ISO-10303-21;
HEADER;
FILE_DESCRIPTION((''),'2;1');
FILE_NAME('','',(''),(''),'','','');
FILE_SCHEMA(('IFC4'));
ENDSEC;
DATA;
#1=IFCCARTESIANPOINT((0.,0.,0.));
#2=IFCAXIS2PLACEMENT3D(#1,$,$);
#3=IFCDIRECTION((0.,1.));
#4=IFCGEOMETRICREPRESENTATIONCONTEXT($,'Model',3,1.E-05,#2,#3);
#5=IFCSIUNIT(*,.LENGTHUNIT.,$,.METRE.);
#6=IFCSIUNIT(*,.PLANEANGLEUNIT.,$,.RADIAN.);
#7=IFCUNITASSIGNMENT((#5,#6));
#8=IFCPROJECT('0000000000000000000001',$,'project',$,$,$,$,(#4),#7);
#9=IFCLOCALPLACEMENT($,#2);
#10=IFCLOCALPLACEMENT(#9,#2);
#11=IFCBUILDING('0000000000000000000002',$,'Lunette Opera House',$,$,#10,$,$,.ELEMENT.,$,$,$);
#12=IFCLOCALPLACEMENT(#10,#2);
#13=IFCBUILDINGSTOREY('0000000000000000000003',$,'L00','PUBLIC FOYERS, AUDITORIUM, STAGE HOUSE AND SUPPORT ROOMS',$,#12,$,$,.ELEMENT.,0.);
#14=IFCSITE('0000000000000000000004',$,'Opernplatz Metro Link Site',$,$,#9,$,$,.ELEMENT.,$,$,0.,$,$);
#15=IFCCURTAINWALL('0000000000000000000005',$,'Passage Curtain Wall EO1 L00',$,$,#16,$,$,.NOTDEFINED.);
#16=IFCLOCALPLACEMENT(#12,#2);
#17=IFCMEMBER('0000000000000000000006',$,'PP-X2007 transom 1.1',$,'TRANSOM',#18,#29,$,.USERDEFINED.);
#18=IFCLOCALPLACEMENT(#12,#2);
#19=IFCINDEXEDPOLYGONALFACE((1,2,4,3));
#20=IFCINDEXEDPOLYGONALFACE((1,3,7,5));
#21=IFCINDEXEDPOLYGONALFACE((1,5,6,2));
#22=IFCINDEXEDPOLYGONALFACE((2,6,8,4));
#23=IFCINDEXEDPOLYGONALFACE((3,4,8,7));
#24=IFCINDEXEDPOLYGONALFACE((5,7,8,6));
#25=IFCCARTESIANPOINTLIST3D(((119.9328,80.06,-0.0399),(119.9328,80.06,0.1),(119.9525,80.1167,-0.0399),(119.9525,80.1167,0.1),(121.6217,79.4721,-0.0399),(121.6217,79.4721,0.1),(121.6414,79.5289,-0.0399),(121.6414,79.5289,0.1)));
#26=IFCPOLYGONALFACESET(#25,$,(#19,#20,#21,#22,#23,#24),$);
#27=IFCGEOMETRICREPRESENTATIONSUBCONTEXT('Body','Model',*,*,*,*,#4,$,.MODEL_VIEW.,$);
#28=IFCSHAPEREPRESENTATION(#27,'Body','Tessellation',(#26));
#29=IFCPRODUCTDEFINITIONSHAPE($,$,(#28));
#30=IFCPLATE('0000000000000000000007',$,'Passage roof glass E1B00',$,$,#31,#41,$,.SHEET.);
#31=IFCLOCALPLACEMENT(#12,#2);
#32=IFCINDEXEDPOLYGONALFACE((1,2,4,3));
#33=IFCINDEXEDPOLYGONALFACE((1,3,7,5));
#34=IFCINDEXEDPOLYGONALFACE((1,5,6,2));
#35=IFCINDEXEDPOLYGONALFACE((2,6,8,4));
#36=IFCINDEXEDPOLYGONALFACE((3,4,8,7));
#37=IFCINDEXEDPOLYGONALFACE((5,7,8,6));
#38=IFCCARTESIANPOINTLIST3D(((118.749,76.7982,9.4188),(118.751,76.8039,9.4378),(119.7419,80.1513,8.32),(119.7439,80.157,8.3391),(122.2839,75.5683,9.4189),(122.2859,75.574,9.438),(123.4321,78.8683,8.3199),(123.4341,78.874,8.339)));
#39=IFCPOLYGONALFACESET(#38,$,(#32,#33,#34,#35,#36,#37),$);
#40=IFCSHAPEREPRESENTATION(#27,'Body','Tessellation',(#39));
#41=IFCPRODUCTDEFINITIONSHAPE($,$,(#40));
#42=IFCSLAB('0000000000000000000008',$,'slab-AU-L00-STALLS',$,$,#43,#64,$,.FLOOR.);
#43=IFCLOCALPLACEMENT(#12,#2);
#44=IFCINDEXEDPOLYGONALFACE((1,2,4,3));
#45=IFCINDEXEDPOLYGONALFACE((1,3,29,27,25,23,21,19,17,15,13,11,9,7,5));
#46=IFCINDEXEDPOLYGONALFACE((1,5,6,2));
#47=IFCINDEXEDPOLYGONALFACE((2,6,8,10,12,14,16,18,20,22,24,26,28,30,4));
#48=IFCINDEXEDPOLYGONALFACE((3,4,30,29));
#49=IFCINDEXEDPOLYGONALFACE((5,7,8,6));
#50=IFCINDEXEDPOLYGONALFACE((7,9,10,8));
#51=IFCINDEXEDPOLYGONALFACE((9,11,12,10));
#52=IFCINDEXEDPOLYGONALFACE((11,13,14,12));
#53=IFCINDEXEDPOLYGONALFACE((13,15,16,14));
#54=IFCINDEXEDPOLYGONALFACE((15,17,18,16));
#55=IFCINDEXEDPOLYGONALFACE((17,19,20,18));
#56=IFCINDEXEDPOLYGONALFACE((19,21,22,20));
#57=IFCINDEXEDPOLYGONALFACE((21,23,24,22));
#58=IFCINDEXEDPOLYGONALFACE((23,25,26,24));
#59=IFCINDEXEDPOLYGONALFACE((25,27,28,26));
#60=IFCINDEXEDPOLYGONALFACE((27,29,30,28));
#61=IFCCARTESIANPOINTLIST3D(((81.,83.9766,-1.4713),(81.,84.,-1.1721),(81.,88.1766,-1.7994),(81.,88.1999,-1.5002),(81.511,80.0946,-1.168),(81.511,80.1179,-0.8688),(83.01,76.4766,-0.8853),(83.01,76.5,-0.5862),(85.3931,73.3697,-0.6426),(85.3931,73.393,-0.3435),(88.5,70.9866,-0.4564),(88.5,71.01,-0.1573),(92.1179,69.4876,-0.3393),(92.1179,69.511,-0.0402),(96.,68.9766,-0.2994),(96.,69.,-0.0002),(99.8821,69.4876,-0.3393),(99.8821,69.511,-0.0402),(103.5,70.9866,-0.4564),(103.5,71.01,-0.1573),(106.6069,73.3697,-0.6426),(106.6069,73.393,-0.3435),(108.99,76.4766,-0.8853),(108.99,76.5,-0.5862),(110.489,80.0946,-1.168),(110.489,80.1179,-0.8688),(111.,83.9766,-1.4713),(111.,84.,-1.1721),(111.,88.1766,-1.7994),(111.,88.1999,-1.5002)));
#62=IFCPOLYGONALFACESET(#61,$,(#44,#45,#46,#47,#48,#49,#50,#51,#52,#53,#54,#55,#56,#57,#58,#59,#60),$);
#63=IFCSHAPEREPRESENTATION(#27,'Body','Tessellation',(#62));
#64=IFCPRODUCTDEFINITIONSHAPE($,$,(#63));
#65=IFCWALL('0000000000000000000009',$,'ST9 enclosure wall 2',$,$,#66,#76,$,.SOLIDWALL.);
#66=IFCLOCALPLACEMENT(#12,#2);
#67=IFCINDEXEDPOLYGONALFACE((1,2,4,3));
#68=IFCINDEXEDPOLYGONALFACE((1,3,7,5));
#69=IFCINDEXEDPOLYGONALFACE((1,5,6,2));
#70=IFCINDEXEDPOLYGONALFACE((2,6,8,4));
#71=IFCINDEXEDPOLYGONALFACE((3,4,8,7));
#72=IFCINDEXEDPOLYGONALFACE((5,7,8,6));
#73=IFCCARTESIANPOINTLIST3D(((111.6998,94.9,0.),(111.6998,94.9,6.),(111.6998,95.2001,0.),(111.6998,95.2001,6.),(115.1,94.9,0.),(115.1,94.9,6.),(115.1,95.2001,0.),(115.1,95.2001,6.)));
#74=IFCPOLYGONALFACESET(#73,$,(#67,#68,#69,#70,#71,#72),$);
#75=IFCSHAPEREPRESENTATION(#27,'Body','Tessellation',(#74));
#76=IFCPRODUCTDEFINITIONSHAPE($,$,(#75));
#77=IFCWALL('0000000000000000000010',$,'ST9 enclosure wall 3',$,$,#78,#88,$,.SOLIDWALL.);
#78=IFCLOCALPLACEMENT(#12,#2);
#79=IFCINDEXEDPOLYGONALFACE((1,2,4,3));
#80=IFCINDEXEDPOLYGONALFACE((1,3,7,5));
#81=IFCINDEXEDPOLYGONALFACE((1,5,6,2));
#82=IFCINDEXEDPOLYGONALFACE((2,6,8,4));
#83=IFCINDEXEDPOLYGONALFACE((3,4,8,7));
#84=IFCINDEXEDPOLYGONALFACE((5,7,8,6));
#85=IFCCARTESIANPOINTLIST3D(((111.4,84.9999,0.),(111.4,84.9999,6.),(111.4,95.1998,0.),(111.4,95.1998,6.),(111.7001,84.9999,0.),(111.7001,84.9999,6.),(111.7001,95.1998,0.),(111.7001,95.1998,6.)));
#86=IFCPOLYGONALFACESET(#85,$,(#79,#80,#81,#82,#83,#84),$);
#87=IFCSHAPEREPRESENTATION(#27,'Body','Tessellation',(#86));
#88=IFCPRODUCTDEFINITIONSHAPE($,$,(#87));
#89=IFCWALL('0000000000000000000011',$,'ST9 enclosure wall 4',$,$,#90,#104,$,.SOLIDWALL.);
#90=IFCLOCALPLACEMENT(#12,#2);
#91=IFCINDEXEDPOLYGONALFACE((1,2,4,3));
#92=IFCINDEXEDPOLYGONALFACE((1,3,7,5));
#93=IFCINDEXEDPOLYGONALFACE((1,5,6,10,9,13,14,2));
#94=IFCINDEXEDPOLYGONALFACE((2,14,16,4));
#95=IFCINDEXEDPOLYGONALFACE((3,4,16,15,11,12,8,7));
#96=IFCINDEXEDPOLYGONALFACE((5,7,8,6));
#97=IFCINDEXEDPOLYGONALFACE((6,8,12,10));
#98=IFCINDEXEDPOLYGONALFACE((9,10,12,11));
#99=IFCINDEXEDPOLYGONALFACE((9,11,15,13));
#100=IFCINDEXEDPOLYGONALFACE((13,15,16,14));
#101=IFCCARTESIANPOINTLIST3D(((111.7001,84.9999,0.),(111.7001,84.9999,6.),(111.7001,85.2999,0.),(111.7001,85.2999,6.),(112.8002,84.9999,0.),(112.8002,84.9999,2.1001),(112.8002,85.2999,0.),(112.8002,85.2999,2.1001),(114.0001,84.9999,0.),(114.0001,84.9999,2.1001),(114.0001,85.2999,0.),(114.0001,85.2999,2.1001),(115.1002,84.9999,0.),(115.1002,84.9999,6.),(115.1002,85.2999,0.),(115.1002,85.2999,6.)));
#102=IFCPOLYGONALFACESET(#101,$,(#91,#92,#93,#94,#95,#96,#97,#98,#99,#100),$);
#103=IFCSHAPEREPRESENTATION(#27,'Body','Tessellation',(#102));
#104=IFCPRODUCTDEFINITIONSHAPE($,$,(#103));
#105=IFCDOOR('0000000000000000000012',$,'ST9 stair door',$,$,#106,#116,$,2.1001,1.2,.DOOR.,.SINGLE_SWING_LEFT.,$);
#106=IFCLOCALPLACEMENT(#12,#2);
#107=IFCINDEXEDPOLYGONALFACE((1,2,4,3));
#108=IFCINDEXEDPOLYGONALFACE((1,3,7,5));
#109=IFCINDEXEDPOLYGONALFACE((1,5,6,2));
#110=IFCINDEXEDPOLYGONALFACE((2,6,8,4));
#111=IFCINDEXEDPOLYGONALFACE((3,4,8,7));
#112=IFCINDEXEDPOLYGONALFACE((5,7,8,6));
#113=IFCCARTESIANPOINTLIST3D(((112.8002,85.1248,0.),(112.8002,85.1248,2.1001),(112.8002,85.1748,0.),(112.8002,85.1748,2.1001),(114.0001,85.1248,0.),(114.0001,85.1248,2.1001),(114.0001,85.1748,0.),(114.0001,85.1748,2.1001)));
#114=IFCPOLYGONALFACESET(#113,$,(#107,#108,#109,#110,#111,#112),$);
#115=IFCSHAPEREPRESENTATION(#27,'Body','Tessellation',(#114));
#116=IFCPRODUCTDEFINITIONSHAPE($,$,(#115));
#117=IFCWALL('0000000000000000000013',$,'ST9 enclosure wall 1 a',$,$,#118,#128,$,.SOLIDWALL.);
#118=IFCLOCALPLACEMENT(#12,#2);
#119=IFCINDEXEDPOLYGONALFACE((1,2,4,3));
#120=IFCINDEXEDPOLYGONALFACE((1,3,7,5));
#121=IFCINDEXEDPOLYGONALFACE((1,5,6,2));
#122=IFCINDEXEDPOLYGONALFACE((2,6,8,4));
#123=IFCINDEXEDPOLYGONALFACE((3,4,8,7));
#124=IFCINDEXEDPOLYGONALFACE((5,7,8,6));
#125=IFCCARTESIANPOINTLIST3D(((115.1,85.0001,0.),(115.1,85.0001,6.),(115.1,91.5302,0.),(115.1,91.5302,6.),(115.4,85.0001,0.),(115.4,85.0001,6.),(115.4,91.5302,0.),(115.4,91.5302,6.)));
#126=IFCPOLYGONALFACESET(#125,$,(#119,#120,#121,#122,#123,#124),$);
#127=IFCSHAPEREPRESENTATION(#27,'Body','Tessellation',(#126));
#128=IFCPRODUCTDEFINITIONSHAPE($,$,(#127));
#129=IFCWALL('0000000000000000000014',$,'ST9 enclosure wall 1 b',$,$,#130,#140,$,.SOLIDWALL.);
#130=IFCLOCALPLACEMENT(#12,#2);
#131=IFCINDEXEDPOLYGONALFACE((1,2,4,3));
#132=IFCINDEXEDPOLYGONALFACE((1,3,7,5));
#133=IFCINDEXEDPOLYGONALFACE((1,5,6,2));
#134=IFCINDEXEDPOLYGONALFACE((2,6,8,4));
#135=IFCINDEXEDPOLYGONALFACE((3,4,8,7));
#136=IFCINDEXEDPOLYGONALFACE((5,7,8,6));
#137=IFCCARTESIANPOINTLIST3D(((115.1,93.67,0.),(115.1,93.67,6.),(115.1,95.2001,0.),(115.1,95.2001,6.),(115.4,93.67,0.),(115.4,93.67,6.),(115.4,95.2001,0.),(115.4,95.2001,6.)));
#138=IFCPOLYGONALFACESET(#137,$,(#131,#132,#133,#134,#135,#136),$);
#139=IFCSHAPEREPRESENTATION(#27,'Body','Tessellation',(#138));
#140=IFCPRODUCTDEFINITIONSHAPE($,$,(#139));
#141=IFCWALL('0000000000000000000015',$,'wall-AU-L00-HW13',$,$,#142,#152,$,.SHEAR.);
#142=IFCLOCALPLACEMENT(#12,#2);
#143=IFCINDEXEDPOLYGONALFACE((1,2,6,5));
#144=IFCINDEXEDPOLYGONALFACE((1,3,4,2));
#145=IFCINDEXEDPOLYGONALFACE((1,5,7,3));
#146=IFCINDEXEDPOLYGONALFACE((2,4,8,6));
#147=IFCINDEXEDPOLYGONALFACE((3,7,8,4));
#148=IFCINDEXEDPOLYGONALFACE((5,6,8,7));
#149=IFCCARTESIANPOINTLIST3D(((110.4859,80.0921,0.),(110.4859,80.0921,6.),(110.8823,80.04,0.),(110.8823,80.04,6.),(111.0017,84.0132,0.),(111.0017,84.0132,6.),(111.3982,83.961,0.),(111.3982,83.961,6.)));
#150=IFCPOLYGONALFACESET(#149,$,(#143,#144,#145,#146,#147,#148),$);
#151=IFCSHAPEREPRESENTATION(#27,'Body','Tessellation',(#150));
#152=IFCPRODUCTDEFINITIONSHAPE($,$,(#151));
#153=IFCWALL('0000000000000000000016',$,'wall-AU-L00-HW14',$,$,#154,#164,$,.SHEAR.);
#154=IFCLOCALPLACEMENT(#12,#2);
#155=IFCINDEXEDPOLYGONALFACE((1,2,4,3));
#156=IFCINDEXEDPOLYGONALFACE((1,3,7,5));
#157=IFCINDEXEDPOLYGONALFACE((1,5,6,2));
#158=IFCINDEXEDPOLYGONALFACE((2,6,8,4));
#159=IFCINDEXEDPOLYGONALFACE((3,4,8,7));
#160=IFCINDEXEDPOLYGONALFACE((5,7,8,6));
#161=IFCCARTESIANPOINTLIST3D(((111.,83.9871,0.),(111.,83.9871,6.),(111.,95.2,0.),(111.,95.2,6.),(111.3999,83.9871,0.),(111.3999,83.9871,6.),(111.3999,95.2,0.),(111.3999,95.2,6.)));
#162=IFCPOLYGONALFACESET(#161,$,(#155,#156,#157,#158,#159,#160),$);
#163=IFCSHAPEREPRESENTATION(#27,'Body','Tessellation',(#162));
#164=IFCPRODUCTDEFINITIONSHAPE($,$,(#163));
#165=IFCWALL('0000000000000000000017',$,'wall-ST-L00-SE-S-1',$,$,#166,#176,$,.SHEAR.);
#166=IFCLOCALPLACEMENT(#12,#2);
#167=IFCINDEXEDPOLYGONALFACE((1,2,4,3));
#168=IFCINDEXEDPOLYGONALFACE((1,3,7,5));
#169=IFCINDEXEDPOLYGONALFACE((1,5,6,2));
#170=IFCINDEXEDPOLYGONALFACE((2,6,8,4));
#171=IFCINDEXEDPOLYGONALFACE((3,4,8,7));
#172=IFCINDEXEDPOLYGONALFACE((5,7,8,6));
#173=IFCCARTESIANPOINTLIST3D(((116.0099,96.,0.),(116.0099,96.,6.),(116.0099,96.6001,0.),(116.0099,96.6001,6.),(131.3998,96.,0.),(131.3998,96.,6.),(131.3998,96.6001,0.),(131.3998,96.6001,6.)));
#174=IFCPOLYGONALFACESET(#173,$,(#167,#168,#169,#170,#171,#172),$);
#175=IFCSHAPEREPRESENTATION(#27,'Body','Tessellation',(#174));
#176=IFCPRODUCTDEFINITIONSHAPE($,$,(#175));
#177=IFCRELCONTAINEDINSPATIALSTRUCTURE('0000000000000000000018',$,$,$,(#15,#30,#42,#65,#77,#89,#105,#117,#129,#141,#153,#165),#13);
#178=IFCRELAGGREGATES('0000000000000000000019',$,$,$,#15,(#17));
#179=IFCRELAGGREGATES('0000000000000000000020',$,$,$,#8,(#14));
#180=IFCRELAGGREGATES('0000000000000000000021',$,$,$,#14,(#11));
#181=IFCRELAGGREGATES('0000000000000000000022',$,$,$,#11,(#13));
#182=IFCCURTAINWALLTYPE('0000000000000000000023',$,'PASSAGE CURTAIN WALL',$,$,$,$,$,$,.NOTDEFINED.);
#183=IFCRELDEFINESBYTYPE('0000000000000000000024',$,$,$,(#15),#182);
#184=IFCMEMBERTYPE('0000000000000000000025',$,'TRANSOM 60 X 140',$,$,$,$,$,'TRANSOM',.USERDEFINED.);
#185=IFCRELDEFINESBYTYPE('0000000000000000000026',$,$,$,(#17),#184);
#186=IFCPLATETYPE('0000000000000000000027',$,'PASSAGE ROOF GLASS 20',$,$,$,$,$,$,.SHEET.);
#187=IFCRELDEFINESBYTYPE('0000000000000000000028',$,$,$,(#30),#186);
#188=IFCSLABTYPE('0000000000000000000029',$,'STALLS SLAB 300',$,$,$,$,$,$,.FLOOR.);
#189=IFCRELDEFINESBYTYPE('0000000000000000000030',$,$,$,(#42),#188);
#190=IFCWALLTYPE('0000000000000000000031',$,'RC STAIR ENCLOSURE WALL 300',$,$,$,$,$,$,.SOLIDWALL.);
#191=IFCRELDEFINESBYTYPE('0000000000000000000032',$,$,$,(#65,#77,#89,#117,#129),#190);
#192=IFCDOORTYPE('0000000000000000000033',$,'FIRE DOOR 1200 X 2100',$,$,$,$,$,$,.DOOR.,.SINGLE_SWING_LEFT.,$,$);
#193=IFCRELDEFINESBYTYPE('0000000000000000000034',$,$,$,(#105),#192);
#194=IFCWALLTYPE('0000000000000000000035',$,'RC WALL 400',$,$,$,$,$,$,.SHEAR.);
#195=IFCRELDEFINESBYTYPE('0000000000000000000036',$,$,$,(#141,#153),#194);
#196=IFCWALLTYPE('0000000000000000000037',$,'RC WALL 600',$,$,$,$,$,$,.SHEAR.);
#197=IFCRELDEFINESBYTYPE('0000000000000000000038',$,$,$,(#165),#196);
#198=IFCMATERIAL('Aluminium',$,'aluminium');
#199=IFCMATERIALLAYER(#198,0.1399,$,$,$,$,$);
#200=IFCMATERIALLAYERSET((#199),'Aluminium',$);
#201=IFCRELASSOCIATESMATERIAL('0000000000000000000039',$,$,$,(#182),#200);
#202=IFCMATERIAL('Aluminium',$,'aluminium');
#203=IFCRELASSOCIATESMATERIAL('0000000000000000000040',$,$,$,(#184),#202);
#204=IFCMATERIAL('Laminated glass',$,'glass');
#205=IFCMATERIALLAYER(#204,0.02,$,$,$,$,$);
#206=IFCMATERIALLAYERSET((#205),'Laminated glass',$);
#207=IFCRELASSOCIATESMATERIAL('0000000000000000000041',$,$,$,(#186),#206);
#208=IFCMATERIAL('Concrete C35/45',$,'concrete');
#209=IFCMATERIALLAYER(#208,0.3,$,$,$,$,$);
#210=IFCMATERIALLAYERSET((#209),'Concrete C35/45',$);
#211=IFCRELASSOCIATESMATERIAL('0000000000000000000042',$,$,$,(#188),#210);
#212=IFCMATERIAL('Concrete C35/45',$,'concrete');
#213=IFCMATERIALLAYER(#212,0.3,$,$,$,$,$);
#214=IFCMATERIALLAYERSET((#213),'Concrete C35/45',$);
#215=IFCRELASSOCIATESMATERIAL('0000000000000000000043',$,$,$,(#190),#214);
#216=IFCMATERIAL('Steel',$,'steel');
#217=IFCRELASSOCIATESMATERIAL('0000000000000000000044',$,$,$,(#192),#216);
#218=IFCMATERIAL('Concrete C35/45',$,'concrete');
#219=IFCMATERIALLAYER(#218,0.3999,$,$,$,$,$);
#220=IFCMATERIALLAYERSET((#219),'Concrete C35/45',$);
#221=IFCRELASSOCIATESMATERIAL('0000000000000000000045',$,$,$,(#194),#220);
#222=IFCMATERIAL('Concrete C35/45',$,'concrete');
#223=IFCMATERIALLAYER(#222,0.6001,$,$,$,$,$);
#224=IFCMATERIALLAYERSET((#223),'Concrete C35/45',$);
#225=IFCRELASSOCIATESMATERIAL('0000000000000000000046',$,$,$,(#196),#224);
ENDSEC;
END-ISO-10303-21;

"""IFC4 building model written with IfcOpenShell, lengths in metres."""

from ifc_helpers import new_model, si_unit, direction, frame, frame_2d, origin, origin_2d, place, context, subcontext, project, spatial, polyline, rectangle, outline, extrude, material, layer, layer_set, material_profile, profile_set, type_object, element, fill, aggregate, save


model = new_model("IFC4")

# Units and contexts
model_context = context("Model", 3, precision=1e-05, world=origin(), true_north=direction((0.0, 1.0)))
body_context = subcontext(model_context, "Body", "Model", "MODEL_VIEW")
ifc_project = project(units=[si_unit("LENGTHUNIT", "METRE"), si_unit("PLANEANGLEUNIT", "RADIAN")], contexts=[model_context])

# Site, building, storey
site_placement = place(None, origin())
site = spatial("IfcSite", under=ifc_project, at=site_placement, Name="Opernplatz Metro Link Site", CompositionType="ELEMENT", RefElevation=0.0)
building_placement = place(site_placement, origin())
building = spatial("IfcBuilding", under=site, at=building_placement, Name="Lunette Opera House", CompositionType="ELEMENT")
storey_placement = place(building_placement, origin())
storey = spatial("IfcBuildingStorey", under=building, at=storey_placement, Name="L00", Description="PUBLIC FOYERS, AUDITORIUM, STAGE HOUSE AND SUPPORT ROOMS", CompositionType="ELEMENT", Elevation=0.0)

# Curtain wall
ifc_material_1 = material(Name="Aluminium", Category="aluminium")
ifc_layer_1 = layer(ifc_material_1, 0.1399)
ifc_layer_set_1 = layer_set([ifc_layer_1], Name="Aluminium")
curtain_wall_type = type_object("IfcCurtainWallType", Name="PASSAGE CURTAIN WALL", PredefinedType="NOTDEFINED", material=ifc_layer_set_1)
curtain_wall_placement = place(storey_placement, origin())
curtain_wall = element("IfcCurtainWall", 1, at=curtain_wall_placement, inside=storey, type_object=curtain_wall_type, Name="Passage Curtain Wall EO1 L00", PredefinedType="NOTDEFINED")

# Member
ifc_material_2 = material(Name="Aluminium", Category="aluminium")
ifc_material_profile_1 = material_profile(ifc_material_2, rectangle(XDim=0.0601, YDim=0.1399, at=origin_2d()), Name="TRANSOM 60 X 140")
ifc_profile_set_1 = profile_set([ifc_material_profile_1], Name="Aluminium")
member_type_1 = type_object("IfcMemberType", Name="TRANSOM 60 X 140", ElementType="TRANSOM", PredefinedType="USERDEFINED", material=ifc_profile_set_1)
member_1_placement = place(storey_placement, frame((119.9426, 80.0884, 0.03), z_axis=(0.944423, -0.328732, 0.0), x_axis=(0.328732, 0.944423, 0.0)))
member_1 = element("IfcMember", 2, at=member_1_placement, type_object=member_type_1, Name="PP-X2007 transom 1.1", ObjectType="TRANSOM", PredefinedType="USERDEFINED", context=body_context, shape_type="SweptSolid", body=[
    extrude(rectangle(XDim=0.0601, YDim=0.1399, at=origin_2d()), origin(), (0.0, 0.0, 1.0), 1.7883),
])
aggregate(curtain_wall, [member_1])

# Plate
ifc_material_3 = material(Name="Laminated glass", Category="glass")
ifc_layer_2 = layer(ifc_material_3, 0.02)
ifc_layer_set_2 = layer_set([ifc_layer_2], Name="Laminated glass")
plate_type = type_object("IfcPlateType", Name="PASSAGE ROOF GLASS 20", PredefinedType="SHEET", material=ifc_layer_set_2)
plate_placement = place(storey_placement, frame((119.7439, 80.157, 8.3391), z_axis=(0.098567, 0.283395, 0.953924), x_axis=(0.944539, -0.328398, -0.000036)))
element("IfcPlate", 3, at=plate_placement, inside=storey, type_object=plate_type, Name="Passage roof glass E1B00", PredefinedType="SHEET", context=body_context, shape_type="SweptSolid", body=[
    extrude(outline(polyline([(0.0, 0.0), (3.9068, 0.0), (3.906, -3.6628), (0.1632, -3.6619), (0.0, 0.0)])), origin(), (0.0, 0.0, -1.0), 0.02),
])

# Slab
ifc_material_4 = material(Name="Concrete C35/45", Category="concrete")
ifc_layer_3 = layer(ifc_material_4, 0.3)
ifc_layer_set_3 = layer_set([ifc_layer_3], Name="Concrete C35/45")
slab_type = type_object("IfcSlabType", Name="STALLS SLAB 300", PredefinedType="FLOOR", material=ifc_layer_set_3)
slab_placement = place(storey_placement, frame((111.0, 84.0, -1.1721), z_axis=(0.0, 0.077887, 0.996962), x_axis=(0.0, 0.996962, -0.077887)))
element("IfcSlab", 4, at=slab_placement, inside=storey, type_object=slab_type, Name="slab-AU-L00-STALLS", PredefinedType="FLOOR", context=body_context, shape_type="SweptSolid", body=[
    extrude(outline(polyline([(0.0, 0.0), (4.2127, 0.0), (4.2127, 30.0), (0.0, 30.0), (-3.8939, 29.489), (-7.5229, 27.99), (-10.6393, 25.6069), (-13.0296, 22.5), (-14.5332, 18.8821), (-15.0457, 15.0), (-14.5332, 11.1179), (-13.0296, 7.5), (-10.6393, 4.3931), (-7.5229, 2.01), (-3.8939, 0.511), (0.0, 0.0)])), origin(), (0.0, 0.0, -1.0), 0.3),
])

# Walls
ifc_material_5 = material(Name="Concrete C35/45", Category="concrete")
ifc_layer_4 = layer(ifc_material_5, 0.3)
ifc_layer_set_4 = layer_set([ifc_layer_4], Name="Concrete C35/45")
wall_type_1 = type_object("IfcWallType", Name="RC STAIR ENCLOSURE WALL 300", PredefinedType="SOLIDWALL", material=ifc_layer_set_4)
wall_1_placement = place(storey_placement, frame((115.1001, 95.05, 0.0), z_axis=(0.0, 0.0, 1.0), x_axis=(-1.0, 0.0, 0.0)))
element("IfcWall", 5, at=wall_1_placement, inside=storey, type_object=wall_type_1, Name="ST9 enclosure wall 2", PredefinedType="SOLIDWALL", context=body_context, shape_type="SweptSolid", body=[
    extrude(rectangle(XDim=3.4001, YDim=0.3, at=frame_2d((1.7002, 0.0))), origin(), (0.0, 0.0, 1.0), 6.0),
])
wall_2_placement = place(storey_placement, frame((111.55, 95.2, 0.0), z_axis=(0.0, 0.0, 1.0), x_axis=(0.0, -1.0, 0.0)))
element("IfcWall", 6, at=wall_2_placement, inside=storey, type_object=wall_type_1, Name="ST9 enclosure wall 3", PredefinedType="SOLIDWALL", context=body_context, shape_type="SweptSolid", body=[
    extrude(rectangle(XDim=10.2, YDim=0.3, at=frame_2d((5.1001, 0.0))), origin(), (0.0, 0.0, 1.0), 6.0),
])

# Wall, opening, door
wall_3_placement = place(storey_placement, frame((111.7, 85.1499, 0.0), z_axis=(0.0, 0.0, 1.0), x_axis=(1.0, 0.0, 0.0)))
wall_3 = element("IfcWall", 7, at=wall_3_placement, inside=storey, type_object=wall_type_1, Name="ST9 enclosure wall 4", PredefinedType="SOLIDWALL", context=body_context, shape_type="SweptSolid", body=[
    extrude(rectangle(XDim=3.4001, YDim=0.3, at=frame_2d((1.7002, 0.0))), origin(), (0.0, 0.0, 1.0), 6.0),
])
opening_placement = place(wall_3_placement, frame((1.1001, 0.0, 0.0)))
opening = element("IfcOpeningElement", 8, at=opening_placement, cuts=wall_3, PredefinedType="OPENING", context=body_context, shape_type="SweptSolid", body=[
    extrude(rectangle(XDim=1.2, YDim=2.1001, at=frame_2d((0.6001, 1.05))), frame((0.0, 0.1621, 0.0), z_axis=(0.0, -1.0, 0.0), x_axis=(1.0, 0.0, 0.0)), (0.0, 0.0, 1.0), 0.324),
])
ifc_material_6 = material(Name="Steel", Category="steel")
door_type = type_object("IfcDoorType", Name="FIRE DOOR 1200 X 2100", OperationType="SINGLE_SWING_LEFT", PredefinedType="DOOR", material=ifc_material_6)
door_placement = place(opening_placement, origin())
door = element("IfcDoor", 9, at=door_placement, inside=storey, type_object=door_type, Name="ST9 stair door", OperationType="SINGLE_SWING_LEFT", OverallHeight=2.1001, OverallWidth=1.2, PredefinedType="DOOR", context=body_context, shape_type="SweptSolid", body=[
    extrude(rectangle(XDim=1.2, YDim=2.1001, at=frame_2d((0.6001, 1.05))), frame((0.0, 0.0249, 0.0), z_axis=(0.0, -1.0, 0.0), x_axis=(1.0, 0.0, 0.0)), (0.0, 0.0, 1.0), 0.05),
])
fill(opening, door)

# Walls
wall_4_placement = place(storey_placement, frame((115.25, 85.0, 0.0), z_axis=(0.0, 0.0, 1.0), x_axis=(0.0, 1.0, 0.0)))
element("IfcWall", 10, at=wall_4_placement, inside=storey, type_object=wall_type_1, Name="ST9 enclosure wall 1 a", PredefinedType="SOLIDWALL", context=body_context, shape_type="SweptSolid", body=[
    extrude(rectangle(XDim=6.53, YDim=0.3, at=frame_2d((3.2651, 0.0))), origin(), (0.0, 0.0, 1.0), 6.0),
])
wall_5_placement = place(storey_placement, frame((115.25, 93.6699, 0.0), z_axis=(0.0, 0.0, 1.0), x_axis=(0.0, 1.0, 0.0)))
element("IfcWall", 11, at=wall_5_placement, inside=storey, type_object=wall_type_1, Name="ST9 enclosure wall 1 b", PredefinedType="SOLIDWALL", context=body_context, shape_type="SweptSolid", body=[
    extrude(rectangle(XDim=1.53, YDim=0.3, at=frame_2d((0.7651, 0.0))), origin(), (0.0, 0.0, 1.0), 6.0),
])
ifc_material_7 = material(Name="Concrete C35/45", Category="concrete")
ifc_layer_5 = layer(ifc_material_7, 0.3999)
ifc_layer_set_5 = layer_set([ifc_layer_5], Name="Concrete C35/45")
wall_type_2 = type_object("IfcWallType", Name="RC WALL 400", PredefinedType="SHEAR", material=ifc_layer_set_5)
wall_6_placement = place(storey_placement, frame((110.6841, 80.0659, 0.0), z_axis=(0.0, 0.0, 1.0), x_axis=(0.130437, 0.991457, 0.0)))
element("IfcWall", 12, at=wall_6_placement, inside=storey, type_object=wall_type_2, Name="wall-AU-L00-HW13", PredefinedType="SHEAR", context=body_context, shape_type="SweptSolid", body=[
    extrude(rectangle(XDim=3.9548, YDim=0.3999, at=frame_2d((1.9775, 0.0))), origin(), (0.0, 0.0, 1.0), 6.0),
])
wall_7_placement = place(storey_placement, frame((111.2, 83.9871, 0.0), z_axis=(0.0, 0.0, 1.0), x_axis=(0.0, 1.0, 0.0)))
element("IfcWall", 13, at=wall_7_placement, inside=storey, type_object=wall_type_2, Name="wall-AU-L00-HW14", PredefinedType="SHEAR", context=body_context, shape_type="SweptSolid", body=[
    extrude(rectangle(XDim=11.2129, YDim=0.3999, at=frame_2d((5.6064, 0.0))), origin(), (0.0, 0.0, 1.0), 6.0),
])
ifc_material_8 = material(Name="Concrete C35/45", Category="concrete")
ifc_layer_6 = layer(ifc_material_8, 0.6001)
ifc_layer_set_6 = layer_set([ifc_layer_6], Name="Concrete C35/45")
wall_type_3 = type_object("IfcWallType", Name="RC WALL 600", PredefinedType="SHEAR", material=ifc_layer_set_6)
wall_8_placement = place(storey_placement, frame((116.01, 96.3, 0.0), z_axis=(0.0, 0.0, 1.0), x_axis=(1.0, 0.0, 0.0)))
element("IfcWall", 14, at=wall_8_placement, inside=storey, type_object=wall_type_3, Name="wall-ST-L00-SE-S-1", PredefinedType="SHEAR", context=body_context, shape_type="SweptSolid", body=[
    extrude(rectangle(XDim=15.3899, YDim=0.6001, at=frame_2d((7.6948, 0.0))), origin(), (0.0, 0.0, 1.0), 6.0),
])

save(model, "model.ifc")
